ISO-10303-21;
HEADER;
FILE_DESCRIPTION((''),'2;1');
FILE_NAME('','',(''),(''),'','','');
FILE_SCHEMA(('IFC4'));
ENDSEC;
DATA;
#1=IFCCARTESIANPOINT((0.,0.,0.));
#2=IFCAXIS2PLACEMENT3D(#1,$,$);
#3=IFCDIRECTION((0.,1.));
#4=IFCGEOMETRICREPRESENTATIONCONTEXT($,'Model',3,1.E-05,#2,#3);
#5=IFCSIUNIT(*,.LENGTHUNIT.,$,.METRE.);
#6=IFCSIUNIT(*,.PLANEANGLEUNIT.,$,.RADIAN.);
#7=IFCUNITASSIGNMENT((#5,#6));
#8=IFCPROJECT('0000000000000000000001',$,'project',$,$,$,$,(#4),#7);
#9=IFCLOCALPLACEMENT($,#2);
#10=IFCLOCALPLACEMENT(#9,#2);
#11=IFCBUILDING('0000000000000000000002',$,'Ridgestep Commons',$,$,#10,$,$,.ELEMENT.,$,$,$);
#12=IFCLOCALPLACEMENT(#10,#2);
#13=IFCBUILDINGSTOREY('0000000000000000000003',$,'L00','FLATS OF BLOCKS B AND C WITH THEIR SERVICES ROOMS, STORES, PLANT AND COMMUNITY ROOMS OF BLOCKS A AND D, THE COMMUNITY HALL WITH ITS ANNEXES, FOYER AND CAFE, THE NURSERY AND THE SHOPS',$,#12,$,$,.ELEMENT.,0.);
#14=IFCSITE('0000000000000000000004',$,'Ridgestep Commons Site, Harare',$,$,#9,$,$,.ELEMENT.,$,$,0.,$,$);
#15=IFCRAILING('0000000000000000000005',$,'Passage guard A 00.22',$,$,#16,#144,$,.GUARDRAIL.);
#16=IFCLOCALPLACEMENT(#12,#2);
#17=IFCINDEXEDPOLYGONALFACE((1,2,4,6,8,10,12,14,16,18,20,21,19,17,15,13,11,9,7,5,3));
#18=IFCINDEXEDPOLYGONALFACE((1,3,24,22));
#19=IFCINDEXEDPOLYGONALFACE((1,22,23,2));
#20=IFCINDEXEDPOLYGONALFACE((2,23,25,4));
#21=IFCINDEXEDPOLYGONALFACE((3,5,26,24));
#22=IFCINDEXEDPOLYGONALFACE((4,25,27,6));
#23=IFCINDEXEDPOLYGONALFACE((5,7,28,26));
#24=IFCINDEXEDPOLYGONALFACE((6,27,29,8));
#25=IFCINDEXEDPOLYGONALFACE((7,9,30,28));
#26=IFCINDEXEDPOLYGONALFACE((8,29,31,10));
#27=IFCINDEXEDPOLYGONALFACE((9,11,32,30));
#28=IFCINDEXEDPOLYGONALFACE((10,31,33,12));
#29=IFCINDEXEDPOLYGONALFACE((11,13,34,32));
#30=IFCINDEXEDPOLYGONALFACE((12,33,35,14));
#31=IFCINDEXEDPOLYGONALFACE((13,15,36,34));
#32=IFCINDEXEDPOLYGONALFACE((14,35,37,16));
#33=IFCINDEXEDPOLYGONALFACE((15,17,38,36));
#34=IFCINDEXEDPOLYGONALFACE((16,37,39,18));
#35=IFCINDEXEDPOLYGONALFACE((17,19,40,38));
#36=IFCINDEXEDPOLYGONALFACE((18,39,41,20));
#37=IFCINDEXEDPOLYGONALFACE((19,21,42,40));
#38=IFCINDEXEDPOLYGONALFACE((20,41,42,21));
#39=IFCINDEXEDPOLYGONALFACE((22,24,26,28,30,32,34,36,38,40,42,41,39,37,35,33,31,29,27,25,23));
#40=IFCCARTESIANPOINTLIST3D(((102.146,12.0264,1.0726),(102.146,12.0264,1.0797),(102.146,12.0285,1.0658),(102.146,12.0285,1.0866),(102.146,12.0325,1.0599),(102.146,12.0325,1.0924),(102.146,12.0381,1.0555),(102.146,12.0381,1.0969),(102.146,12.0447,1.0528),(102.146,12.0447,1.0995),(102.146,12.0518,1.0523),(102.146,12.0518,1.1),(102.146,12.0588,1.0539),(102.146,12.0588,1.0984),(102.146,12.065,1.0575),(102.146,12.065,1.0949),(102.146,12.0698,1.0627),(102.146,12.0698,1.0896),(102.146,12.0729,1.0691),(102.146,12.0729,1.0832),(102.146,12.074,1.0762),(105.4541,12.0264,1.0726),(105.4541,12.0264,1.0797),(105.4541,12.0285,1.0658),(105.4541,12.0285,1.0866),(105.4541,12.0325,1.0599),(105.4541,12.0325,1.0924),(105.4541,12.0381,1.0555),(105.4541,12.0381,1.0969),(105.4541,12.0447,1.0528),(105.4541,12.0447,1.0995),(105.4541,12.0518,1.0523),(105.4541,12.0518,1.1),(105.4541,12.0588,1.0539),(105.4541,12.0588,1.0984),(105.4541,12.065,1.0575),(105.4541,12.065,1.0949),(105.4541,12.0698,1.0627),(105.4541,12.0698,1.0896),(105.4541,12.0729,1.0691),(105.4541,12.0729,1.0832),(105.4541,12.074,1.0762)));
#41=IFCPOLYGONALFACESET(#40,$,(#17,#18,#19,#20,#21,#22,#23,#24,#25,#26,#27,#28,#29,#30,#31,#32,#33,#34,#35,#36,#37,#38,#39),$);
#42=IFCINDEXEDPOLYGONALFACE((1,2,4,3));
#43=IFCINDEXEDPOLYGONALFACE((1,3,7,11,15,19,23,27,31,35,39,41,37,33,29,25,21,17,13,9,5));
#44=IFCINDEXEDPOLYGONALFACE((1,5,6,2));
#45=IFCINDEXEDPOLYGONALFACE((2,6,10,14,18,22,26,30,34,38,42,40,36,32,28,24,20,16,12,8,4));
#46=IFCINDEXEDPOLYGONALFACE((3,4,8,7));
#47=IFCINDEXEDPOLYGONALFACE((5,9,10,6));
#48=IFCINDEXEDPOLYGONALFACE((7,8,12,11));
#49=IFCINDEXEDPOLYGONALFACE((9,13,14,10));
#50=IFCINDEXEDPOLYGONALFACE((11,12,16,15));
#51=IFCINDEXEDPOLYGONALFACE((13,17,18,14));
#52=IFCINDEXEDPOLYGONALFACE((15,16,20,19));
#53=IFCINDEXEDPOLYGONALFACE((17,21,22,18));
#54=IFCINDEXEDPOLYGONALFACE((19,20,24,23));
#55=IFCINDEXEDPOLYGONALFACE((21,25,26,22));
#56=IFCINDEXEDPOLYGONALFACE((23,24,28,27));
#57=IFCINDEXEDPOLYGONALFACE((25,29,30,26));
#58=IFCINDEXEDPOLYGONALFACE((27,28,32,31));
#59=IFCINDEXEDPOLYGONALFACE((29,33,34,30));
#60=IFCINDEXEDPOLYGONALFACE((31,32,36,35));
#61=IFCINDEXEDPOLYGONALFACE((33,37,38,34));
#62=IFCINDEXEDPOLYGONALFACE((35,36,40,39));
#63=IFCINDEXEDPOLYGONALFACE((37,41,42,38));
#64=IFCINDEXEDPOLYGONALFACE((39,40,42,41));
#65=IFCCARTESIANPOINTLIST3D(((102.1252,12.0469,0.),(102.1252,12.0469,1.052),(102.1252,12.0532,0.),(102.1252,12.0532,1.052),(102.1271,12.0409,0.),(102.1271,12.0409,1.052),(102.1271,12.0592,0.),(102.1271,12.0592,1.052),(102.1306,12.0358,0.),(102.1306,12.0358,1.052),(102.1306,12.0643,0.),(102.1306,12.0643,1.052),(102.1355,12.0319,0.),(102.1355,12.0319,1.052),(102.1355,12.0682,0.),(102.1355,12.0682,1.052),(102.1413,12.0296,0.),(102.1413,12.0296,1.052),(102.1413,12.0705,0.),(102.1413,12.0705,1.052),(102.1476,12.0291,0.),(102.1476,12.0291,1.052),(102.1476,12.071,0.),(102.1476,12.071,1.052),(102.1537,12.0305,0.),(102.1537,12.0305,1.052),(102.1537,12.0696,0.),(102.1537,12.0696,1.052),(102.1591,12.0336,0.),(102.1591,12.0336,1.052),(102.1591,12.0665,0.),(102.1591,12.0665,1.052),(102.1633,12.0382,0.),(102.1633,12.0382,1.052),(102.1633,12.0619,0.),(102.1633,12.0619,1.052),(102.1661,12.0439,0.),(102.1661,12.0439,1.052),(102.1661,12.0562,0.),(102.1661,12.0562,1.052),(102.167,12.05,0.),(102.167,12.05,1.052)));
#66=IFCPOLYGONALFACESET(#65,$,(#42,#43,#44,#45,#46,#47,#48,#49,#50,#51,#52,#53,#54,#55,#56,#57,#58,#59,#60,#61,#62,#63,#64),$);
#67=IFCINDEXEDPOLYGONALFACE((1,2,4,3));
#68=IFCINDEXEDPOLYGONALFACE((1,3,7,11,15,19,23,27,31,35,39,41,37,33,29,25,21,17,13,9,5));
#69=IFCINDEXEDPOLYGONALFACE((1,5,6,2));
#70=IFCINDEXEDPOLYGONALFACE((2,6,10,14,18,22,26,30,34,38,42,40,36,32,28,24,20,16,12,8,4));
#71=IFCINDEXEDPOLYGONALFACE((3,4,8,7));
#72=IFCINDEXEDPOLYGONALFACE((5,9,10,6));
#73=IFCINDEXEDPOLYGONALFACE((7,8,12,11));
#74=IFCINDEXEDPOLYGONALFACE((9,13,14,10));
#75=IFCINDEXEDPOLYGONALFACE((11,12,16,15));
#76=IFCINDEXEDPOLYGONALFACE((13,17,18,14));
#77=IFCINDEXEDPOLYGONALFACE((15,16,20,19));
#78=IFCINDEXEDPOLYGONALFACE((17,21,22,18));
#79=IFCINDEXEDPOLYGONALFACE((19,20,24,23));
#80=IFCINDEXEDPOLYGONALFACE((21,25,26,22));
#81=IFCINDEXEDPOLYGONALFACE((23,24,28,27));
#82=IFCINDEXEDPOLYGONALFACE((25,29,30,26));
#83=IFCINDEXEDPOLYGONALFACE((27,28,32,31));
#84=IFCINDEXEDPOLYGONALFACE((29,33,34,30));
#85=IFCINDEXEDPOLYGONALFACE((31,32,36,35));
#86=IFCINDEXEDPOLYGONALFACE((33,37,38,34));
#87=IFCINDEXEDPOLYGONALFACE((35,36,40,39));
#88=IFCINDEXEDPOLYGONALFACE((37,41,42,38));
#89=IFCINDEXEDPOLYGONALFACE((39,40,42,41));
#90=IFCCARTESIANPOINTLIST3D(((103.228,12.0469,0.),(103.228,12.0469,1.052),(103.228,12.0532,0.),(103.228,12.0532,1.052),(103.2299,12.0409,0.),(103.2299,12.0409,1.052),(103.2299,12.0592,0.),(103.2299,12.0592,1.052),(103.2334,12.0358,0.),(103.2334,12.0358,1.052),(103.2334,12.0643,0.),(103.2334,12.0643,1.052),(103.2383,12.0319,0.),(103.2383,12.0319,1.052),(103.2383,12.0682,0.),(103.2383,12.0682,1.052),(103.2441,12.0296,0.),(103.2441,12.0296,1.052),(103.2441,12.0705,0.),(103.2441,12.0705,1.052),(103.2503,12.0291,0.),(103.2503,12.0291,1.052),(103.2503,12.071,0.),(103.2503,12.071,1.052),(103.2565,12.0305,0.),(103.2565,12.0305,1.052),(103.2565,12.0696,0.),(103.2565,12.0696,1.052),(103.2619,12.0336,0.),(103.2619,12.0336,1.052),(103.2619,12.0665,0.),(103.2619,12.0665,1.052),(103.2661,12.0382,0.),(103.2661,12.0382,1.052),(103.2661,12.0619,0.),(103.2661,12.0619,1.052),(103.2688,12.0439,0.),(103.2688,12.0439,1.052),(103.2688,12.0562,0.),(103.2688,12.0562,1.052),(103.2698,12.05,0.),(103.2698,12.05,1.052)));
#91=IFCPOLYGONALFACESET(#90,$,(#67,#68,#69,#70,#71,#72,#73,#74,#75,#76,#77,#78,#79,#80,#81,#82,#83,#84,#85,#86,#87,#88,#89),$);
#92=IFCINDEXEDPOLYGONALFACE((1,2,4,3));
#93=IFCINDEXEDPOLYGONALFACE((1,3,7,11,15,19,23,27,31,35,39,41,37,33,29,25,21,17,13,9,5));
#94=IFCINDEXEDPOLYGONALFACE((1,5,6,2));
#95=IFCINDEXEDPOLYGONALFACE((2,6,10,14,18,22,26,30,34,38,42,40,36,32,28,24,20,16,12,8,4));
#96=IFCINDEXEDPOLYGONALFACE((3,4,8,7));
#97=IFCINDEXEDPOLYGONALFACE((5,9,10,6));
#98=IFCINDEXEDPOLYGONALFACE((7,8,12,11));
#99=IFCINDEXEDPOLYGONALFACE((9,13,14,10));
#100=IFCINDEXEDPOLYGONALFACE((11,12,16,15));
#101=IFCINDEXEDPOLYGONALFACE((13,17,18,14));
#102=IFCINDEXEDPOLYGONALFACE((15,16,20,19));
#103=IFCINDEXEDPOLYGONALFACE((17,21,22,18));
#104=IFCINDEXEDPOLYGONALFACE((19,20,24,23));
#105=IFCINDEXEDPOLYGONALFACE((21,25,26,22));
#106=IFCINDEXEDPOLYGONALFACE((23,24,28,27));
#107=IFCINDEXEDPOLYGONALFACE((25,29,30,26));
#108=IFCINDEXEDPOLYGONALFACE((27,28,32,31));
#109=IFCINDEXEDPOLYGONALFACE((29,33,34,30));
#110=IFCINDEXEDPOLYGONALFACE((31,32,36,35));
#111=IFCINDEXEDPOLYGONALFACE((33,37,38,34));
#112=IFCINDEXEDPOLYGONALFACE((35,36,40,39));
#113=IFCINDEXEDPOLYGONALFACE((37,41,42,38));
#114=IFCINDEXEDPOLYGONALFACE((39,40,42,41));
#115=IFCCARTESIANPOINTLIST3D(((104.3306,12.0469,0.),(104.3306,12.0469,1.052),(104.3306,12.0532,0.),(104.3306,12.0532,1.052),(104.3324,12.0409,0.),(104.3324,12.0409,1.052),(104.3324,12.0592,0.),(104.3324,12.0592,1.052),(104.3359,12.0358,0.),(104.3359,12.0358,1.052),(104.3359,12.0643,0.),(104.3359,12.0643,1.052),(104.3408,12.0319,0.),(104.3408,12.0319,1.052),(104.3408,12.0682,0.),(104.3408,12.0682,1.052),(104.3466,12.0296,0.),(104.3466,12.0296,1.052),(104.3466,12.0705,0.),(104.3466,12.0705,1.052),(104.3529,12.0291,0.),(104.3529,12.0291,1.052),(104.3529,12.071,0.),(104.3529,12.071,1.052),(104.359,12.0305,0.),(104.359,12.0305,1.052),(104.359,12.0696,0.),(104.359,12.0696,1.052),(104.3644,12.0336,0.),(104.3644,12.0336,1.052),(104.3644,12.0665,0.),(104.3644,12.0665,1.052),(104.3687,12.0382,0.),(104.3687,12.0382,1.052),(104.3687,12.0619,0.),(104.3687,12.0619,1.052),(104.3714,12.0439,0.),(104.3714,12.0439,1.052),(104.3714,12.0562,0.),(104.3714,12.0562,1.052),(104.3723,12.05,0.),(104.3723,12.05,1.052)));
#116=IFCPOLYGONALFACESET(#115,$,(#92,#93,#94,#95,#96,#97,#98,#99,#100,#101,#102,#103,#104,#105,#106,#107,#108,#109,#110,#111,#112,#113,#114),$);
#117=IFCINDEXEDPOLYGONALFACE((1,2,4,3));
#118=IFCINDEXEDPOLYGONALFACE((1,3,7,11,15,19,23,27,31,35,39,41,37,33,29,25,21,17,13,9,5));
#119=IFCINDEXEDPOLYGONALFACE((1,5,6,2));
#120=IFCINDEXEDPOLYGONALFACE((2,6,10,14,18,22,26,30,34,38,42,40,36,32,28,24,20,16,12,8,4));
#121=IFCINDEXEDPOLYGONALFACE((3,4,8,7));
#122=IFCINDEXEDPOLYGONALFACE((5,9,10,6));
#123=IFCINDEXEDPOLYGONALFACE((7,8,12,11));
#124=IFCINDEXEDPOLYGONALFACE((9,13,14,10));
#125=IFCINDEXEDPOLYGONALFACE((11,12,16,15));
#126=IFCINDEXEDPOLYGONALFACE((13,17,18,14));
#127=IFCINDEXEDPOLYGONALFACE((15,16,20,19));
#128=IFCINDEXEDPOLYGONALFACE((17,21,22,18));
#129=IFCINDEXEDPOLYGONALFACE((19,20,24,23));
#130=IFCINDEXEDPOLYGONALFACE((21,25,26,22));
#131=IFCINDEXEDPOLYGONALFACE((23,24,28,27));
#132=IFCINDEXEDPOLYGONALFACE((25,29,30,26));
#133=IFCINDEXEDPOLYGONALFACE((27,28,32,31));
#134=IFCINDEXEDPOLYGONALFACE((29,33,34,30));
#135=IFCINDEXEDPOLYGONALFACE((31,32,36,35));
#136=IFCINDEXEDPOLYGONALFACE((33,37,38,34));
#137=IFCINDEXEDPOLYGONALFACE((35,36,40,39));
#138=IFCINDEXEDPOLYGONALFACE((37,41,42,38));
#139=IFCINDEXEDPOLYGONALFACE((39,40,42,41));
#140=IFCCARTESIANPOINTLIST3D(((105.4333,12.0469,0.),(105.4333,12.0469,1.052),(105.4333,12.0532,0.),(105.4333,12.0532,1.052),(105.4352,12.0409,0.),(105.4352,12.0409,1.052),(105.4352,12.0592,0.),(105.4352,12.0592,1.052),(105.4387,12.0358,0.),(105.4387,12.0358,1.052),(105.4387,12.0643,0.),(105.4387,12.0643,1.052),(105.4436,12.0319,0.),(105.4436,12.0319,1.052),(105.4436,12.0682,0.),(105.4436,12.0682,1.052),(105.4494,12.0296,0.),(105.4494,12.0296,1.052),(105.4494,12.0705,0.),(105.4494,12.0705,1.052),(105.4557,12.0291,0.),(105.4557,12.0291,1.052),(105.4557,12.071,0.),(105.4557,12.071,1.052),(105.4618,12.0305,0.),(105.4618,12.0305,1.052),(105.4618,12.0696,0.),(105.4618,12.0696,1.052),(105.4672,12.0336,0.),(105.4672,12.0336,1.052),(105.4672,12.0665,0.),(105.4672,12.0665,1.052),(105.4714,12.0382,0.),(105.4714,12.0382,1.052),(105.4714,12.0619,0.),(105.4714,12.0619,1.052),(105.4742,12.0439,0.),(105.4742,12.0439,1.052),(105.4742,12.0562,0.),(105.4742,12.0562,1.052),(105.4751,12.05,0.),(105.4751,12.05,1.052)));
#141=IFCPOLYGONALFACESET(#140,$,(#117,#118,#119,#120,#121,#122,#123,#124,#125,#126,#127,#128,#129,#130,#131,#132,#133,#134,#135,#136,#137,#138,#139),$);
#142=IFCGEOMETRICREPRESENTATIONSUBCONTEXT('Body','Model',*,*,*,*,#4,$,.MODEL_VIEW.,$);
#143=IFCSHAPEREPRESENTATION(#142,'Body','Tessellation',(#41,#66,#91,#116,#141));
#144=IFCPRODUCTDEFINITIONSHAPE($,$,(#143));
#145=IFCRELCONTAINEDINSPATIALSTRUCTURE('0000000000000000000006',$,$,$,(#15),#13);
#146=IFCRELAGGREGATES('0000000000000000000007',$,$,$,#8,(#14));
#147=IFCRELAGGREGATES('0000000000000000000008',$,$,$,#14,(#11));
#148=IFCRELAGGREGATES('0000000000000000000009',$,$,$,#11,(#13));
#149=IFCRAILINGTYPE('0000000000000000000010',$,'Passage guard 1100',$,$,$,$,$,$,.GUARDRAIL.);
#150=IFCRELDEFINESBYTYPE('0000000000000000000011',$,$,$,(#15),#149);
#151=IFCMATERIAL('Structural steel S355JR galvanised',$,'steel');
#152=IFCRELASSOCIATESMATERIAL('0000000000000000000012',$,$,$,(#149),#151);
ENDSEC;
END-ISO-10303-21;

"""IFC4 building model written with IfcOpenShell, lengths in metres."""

from ifc_helpers import new_model, si_unit, direction, frame, origin, origin_2d, place, context, subcontext, project, spatial, circle, extrude, material, type_object, element, save


model = new_model("IFC4")

# Units and contexts
model_context = context("Model", 3, precision=1e-05, world=origin(), true_north=direction((0.0, 1.0)))
body_context = subcontext(model_context, "Body", "Model", "MODEL_VIEW")
ifc_project = project(units=[si_unit("LENGTHUNIT", "METRE"), si_unit("PLANEANGLEUNIT", "RADIAN")], contexts=[model_context])

# Site, building, storey
site_placement = place(None, origin())
site = spatial("IfcSite", under=ifc_project, at=site_placement, Name="Ridgestep Commons Site, Harare", CompositionType="ELEMENT", RefElevation=0.0)
building_placement = place(site_placement, origin())
building = spatial("IfcBuilding", under=site, at=building_placement, Name="Ridgestep Commons", CompositionType="ELEMENT")
storey_placement = place(building_placement, origin())
storey = spatial("IfcBuildingStorey", under=building, at=storey_placement, Name="L00", Description="FLATS OF BLOCKS B AND C WITH THEIR SERVICES ROOMS, STORES, PLANT AND COMMUNITY ROOMS OF BLOCKS A AND D, THE COMMUNITY HALL WITH ITS ANNEXES, FOYER AND CAFE, THE NURSERY AND THE SHOPS", CompositionType="ELEMENT", Elevation=0.0)

# Railing
ifc_material_1 = material(Name="Structural steel S355JR galvanised", Category="steel")
railing_type_1 = type_object("IfcRailingType", Name="Passage guard 1100", PredefinedType="GUARDRAIL", material=ifc_material_1)
railing_1_placement = place(storey_placement, frame((102.146, 12.05, 0.0)))
element("IfcRailing", 1, at=railing_1_placement, inside=storey, type_object=railing_type_1, Name="Passage guard A 00.22", PredefinedType="GUARDRAIL", context=body_context, shape_type="SweptSolid", body=[
    extrude(circle(Radius=0.0239, at=origin_2d()), frame((0.0, 0.0, 1.0762), z_axis=(1.0, 0.0, 0.0), x_axis=(0.0, 1.0, 0.0)), (0.0, 0.0, 1.0), 3.3081),
    extrude(circle(Radius=0.021, at=origin_2d()), origin(), (0.0, 0.0, 1.0), 1.052),
    extrude(circle(Radius=0.021, at=origin_2d()), frame((1.1028, 0.0, 0.0)), (0.0, 0.0, 1.0), 1.052),
    extrude(circle(Radius=0.021, at=origin_2d()), frame((2.2053, 0.0, 0.0)), (0.0, 0.0, 1.0), 1.052),
    extrude(circle(Radius=0.021, at=origin_2d()), frame((3.3081, 0.0, 0.0)), (0.0, 0.0, 1.0), 1.052),
])

save(model, "model.ifc")
